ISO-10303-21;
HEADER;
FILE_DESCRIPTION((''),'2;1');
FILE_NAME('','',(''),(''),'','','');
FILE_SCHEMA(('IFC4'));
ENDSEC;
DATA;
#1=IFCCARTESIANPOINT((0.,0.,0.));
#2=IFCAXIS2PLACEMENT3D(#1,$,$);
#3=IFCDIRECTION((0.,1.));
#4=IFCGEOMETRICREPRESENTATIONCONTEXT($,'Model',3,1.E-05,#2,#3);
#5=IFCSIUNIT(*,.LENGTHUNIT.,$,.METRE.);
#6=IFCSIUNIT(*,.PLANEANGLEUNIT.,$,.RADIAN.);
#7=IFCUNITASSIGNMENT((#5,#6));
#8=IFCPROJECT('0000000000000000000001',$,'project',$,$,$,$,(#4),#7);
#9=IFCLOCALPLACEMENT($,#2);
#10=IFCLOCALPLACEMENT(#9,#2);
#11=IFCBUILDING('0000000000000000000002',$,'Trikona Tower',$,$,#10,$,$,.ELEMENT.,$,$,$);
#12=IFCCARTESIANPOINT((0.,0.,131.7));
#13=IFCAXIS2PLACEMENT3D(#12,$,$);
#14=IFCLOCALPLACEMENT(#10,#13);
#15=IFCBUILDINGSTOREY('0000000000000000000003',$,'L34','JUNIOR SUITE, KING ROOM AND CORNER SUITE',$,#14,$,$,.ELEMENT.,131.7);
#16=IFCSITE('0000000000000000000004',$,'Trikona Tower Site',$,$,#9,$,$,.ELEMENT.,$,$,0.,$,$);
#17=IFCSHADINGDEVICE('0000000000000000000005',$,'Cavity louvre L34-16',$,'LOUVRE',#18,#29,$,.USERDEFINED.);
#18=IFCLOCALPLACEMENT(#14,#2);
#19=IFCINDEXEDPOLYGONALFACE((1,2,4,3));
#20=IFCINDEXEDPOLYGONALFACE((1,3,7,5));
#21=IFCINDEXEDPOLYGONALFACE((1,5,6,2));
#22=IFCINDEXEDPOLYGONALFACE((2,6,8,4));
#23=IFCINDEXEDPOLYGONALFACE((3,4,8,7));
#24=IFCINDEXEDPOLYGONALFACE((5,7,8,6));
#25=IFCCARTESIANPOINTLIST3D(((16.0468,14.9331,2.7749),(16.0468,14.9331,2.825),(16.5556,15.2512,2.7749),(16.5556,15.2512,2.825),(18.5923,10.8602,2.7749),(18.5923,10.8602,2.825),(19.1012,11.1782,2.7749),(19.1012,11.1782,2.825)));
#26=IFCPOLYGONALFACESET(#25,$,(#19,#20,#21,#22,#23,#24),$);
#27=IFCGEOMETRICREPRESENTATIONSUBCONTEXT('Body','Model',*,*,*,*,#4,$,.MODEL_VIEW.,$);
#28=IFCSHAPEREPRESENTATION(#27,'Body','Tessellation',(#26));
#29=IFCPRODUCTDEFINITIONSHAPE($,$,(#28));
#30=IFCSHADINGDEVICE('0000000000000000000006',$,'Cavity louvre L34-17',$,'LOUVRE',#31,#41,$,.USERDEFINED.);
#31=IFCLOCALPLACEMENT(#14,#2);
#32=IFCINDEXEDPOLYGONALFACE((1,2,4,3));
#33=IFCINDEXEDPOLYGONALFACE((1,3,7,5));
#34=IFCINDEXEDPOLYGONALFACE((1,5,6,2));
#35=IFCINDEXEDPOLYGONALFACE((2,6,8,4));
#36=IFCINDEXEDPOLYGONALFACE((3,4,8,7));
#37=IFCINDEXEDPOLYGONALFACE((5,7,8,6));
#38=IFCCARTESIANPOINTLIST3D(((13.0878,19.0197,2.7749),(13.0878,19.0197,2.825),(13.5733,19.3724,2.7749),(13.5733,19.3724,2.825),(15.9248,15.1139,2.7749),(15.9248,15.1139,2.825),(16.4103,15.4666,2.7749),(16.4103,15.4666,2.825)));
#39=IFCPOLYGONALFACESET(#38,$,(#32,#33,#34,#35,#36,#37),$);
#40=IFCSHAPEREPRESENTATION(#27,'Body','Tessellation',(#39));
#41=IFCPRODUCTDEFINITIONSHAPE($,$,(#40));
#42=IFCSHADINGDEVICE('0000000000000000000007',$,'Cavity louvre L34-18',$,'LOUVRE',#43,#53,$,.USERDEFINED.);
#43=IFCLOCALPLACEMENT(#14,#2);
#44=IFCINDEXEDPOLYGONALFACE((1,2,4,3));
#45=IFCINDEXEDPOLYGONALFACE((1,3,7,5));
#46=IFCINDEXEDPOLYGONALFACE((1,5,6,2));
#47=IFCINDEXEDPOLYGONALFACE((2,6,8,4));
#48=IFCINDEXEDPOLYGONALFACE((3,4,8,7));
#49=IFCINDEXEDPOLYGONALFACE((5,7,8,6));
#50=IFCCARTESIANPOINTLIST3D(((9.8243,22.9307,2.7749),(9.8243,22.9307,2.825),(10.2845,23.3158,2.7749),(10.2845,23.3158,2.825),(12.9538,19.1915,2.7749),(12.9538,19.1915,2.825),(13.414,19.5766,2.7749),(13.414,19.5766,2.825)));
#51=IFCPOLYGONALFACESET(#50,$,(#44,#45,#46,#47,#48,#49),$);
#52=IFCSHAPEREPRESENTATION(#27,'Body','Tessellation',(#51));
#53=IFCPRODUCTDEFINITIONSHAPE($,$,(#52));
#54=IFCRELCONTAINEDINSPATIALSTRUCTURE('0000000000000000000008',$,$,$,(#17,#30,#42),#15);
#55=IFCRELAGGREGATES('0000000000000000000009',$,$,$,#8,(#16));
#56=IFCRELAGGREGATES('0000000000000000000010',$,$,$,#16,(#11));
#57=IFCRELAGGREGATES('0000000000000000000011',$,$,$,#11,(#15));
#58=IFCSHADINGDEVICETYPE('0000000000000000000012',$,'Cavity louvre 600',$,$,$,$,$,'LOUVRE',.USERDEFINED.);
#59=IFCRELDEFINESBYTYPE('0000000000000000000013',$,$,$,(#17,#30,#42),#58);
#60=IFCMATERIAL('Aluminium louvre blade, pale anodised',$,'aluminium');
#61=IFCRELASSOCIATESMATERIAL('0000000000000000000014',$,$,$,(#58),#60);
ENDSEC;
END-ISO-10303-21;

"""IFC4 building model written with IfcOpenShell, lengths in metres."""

from ifc_helpers import new_model, si_unit, direction, frame, origin, origin_2d, place, context, subcontext, project, spatial, rectangle, extrude, material, type_object, element, save


model = new_model("IFC4")

# Units and contexts
model_context = context("Model", 3, precision=1e-05, world=origin(), true_north=direction((0.0, 1.0)))
body_context = subcontext(model_context, "Body", "Model", "MODEL_VIEW")
ifc_project = project(units=[si_unit("LENGTHUNIT", "METRE"), si_unit("PLANEANGLEUNIT", "RADIAN")], contexts=[model_context])

# Site, building, storey
site_placement = place(None, origin())
site = spatial("IfcSite", under=ifc_project, at=site_placement, Name="Trikona Tower Site", CompositionType="ELEMENT", RefElevation=0.0)
building_placement = place(site_placement, origin())
building = spatial("IfcBuilding", under=site, at=building_placement, Name="Trikona Tower", CompositionType="ELEMENT")
storey_placement = place(building_placement, frame((0.0, 0.0, 131.7)))
storey = spatial("IfcBuildingStorey", under=building, at=storey_placement, Name="L34", Description="JUNIOR SUITE, KING ROOM AND CORNER SUITE", CompositionType="ELEMENT", Elevation=131.7)

# Shading devices
ifc_material_1 = material(Name="Aluminium louvre blade, pale anodised", Category="aluminium")
shading_device_type = type_object("IfcShadingDeviceType", Name="Cavity louvre 600", ElementType="LOUVRE", PredefinedType="USERDEFINED", material=ifc_material_1)
shading_device_1_placement = place(storey_placement, frame((17.574, 13.0557, 2.7749), z_axis=(0.0, 0.0, 1.0), x_axis=(-0.529995, 0.848001, 0.0)))
element("IfcShadingDevice", 1, at=shading_device_1_placement, inside=storey, type_object=shading_device_type, Name="Cavity louvre L34-16", ObjectType="LOUVRE", PredefinedType="USERDEFINED", context=body_context, shape_type="SweptSolid", body=[
    extrude(rectangle(XDim=4.803, YDim=0.6001, at=origin_2d()), origin(), (0.0, 0.0, 1.0), 0.05),
])
shading_device_2_placement = place(storey_placement, frame((14.749, 17.2432, 2.7749), z_axis=(0.0, 0.0, 1.0), x_axis=(-0.587686, 0.809089, 0.0)))
element("IfcShadingDevice", 2, at=shading_device_2_placement, inside=storey, type_object=shading_device_type, Name="Cavity louvre L34-17", ObjectType="LOUVRE", PredefinedType="USERDEFINED", context=body_context, shape_type="SweptSolid", body=[
    extrude(rectangle(XDim=4.8274, YDim=0.6001, at=origin_2d()), origin(), (0.0, 0.0, 1.0), 0.05),
])
shading_device_3_placement = place(storey_placement, frame((11.6191, 21.2537, 2.7749), z_axis=(0.0, 0.0, 1.0), x_axis=(-0.641807, 0.766866, 0.0)))
element("IfcShadingDevice", 3, at=shading_device_3_placement, inside=storey, type_object=shading_device_type, Name="Cavity louvre L34-18", ObjectType="LOUVRE", PredefinedType="USERDEFINED", context=body_context, shape_type="SweptSolid", body=[
    extrude(rectangle(XDim=4.876, YDim=0.6001, at=origin_2d()), origin(), (0.0, 0.0, 1.0), 0.05),
])

save(model, "model.ifc")
